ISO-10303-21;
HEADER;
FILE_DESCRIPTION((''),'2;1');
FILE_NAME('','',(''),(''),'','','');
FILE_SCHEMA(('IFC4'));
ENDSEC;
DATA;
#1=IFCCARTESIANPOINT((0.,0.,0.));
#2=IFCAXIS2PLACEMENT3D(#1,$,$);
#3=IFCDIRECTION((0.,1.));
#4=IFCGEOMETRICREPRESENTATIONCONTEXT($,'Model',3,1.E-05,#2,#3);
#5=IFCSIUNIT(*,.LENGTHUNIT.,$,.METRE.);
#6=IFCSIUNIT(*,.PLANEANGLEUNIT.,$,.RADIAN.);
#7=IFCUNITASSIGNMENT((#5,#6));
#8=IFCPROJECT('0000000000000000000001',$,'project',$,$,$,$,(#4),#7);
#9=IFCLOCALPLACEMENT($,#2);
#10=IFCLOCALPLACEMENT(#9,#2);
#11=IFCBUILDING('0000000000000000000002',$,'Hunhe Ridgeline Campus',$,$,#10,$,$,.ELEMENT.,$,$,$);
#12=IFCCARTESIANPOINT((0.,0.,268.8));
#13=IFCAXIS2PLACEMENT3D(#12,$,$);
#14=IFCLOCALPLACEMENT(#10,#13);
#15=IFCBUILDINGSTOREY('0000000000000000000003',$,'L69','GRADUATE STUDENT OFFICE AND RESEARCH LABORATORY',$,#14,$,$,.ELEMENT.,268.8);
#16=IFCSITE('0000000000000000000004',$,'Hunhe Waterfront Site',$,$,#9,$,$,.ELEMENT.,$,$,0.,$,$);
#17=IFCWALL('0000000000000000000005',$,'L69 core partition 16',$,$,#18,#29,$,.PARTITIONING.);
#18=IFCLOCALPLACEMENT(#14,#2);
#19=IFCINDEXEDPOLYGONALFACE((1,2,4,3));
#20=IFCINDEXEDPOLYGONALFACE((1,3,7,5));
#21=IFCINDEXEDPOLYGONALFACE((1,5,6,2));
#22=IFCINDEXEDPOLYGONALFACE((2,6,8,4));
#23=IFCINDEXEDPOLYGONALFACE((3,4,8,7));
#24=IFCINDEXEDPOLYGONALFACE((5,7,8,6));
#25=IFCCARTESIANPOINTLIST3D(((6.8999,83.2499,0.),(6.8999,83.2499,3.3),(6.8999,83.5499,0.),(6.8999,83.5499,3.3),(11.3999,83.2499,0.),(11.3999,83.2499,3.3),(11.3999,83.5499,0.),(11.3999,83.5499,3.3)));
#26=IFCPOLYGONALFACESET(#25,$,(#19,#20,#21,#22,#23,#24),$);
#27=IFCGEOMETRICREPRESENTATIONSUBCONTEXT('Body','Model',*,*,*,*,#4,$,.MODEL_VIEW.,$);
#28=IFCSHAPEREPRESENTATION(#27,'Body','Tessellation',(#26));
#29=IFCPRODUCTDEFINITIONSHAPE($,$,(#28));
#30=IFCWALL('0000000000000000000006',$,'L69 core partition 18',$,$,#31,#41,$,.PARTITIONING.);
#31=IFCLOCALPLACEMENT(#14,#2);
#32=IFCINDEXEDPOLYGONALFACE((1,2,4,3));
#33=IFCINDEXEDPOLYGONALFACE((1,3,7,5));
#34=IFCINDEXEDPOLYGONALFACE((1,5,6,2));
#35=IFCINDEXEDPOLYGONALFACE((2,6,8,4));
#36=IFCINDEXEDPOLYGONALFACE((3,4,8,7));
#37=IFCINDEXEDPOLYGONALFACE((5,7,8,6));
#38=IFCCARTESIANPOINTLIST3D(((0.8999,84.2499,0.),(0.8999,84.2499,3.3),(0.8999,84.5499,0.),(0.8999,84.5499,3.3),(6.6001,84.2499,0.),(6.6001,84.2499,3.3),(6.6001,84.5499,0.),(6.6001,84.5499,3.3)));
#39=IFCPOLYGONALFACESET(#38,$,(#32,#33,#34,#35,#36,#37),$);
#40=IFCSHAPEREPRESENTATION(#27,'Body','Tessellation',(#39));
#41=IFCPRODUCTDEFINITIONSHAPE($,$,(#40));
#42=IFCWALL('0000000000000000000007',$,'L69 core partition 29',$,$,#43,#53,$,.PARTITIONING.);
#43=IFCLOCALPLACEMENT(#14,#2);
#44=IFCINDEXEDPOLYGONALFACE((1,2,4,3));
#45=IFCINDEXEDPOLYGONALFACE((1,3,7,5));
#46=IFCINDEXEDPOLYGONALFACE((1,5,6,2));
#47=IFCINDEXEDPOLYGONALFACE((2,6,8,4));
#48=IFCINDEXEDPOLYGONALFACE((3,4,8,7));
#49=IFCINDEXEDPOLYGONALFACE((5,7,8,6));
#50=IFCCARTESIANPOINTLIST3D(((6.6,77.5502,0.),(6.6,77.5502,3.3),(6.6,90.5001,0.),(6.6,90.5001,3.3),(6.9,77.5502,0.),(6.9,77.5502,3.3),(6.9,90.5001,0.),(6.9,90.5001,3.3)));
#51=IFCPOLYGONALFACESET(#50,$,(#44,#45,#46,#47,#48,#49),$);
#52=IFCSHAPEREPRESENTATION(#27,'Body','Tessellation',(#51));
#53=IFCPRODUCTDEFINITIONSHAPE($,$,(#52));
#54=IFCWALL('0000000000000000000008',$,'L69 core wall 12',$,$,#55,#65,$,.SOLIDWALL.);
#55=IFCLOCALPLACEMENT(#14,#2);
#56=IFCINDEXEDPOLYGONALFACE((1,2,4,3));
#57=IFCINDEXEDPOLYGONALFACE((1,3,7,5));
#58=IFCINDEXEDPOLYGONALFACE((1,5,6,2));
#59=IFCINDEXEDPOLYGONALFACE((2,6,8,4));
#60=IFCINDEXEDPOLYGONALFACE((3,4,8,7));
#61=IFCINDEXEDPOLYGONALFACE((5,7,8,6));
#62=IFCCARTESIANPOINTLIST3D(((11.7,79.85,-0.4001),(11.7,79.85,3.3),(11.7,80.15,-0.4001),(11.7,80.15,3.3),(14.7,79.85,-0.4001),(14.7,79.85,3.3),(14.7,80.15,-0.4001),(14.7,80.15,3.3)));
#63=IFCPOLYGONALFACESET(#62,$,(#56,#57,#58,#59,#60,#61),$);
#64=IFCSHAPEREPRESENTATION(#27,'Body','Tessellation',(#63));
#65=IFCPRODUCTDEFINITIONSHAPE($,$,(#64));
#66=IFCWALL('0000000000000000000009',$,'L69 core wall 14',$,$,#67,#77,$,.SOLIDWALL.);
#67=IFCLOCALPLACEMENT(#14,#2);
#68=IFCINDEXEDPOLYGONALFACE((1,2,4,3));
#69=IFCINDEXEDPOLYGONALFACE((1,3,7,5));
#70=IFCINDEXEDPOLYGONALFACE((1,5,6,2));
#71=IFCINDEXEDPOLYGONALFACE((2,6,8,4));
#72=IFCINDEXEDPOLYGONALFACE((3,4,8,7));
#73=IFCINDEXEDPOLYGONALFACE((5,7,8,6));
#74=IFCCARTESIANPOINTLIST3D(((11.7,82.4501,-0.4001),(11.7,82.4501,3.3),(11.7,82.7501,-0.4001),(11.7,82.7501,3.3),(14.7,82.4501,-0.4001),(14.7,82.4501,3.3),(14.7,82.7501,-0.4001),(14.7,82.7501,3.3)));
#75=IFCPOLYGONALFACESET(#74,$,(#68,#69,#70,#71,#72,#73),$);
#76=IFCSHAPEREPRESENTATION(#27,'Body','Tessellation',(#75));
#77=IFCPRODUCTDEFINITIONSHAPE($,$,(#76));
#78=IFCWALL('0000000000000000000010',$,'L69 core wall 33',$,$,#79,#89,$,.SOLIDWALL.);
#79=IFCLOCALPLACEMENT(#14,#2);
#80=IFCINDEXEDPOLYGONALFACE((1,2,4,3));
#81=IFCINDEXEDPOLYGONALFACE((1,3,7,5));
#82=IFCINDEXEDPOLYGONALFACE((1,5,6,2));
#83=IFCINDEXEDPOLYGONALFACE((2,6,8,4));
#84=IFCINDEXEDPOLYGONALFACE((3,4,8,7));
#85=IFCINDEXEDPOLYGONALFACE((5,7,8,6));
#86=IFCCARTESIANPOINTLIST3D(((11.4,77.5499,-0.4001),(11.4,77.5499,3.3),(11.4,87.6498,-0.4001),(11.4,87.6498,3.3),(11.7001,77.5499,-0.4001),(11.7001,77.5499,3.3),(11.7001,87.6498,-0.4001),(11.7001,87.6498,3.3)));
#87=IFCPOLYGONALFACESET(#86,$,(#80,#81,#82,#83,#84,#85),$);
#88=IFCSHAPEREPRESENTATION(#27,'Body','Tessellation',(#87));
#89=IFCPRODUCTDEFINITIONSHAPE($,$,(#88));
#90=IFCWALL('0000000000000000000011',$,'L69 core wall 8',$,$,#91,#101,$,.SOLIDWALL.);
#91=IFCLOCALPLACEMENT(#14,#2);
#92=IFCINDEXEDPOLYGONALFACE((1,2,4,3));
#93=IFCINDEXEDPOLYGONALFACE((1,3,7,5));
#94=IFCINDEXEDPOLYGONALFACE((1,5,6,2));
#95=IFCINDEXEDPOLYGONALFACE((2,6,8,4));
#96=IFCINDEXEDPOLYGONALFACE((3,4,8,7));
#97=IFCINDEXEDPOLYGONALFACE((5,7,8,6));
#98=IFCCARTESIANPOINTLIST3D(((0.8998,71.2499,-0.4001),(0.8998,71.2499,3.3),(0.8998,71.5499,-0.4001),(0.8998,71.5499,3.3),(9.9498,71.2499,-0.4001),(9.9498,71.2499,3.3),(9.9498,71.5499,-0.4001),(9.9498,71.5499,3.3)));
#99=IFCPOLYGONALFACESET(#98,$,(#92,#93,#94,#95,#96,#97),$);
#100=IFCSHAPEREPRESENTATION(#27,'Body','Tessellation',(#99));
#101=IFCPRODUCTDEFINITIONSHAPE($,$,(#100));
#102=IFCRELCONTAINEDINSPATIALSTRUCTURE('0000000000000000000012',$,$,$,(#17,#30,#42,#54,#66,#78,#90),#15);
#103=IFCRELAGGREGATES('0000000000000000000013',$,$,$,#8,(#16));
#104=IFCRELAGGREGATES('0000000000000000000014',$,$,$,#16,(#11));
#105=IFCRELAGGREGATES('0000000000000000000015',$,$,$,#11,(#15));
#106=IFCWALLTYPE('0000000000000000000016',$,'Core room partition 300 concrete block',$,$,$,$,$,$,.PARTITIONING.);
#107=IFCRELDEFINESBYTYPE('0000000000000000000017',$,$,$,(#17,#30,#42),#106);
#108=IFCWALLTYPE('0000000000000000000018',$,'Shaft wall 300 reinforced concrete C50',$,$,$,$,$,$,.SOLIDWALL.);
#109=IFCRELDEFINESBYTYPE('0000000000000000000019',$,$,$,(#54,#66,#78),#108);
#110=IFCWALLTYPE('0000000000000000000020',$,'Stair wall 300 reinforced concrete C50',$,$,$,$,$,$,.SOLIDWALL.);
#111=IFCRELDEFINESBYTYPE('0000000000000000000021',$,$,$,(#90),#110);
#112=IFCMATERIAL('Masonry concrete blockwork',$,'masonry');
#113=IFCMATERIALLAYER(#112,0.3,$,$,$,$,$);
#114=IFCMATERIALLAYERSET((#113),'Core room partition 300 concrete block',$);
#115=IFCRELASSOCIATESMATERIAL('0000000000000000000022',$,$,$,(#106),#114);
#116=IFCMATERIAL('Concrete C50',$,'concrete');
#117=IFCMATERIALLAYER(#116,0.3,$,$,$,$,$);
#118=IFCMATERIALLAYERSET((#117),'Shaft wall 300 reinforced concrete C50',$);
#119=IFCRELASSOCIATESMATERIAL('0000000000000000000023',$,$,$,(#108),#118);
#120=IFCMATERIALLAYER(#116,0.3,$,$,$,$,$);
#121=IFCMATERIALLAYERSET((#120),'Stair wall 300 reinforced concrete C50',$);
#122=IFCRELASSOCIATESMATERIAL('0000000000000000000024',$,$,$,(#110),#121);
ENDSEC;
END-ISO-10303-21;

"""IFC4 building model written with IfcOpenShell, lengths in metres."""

from ifc_helpers import new_model, si_unit, direction, frame, frame_2d, origin, place, context, subcontext, project, spatial, rectangle, extrude, material, layer, layer_set, type_object, element, save


model = new_model("IFC4")

# Units and contexts
model_context = context("Model", 3, precision=1e-05, world=origin(), true_north=direction((0.0, 1.0)))
body_context = subcontext(model_context, "Body", "Model", "MODEL_VIEW")
ifc_project = project(units=[si_unit("LENGTHUNIT", "METRE"), si_unit("PLANEANGLEUNIT", "RADIAN")], contexts=[model_context])

# Site, building, storey
site_placement = place(None, origin())
site = spatial("IfcSite", under=ifc_project, at=site_placement, Name="Hunhe Waterfront Site", CompositionType="ELEMENT", RefElevation=0.0)
building_placement = place(site_placement, origin())
building = spatial("IfcBuilding", under=site, at=building_placement, Name="Hunhe Ridgeline Campus", CompositionType="ELEMENT")
storey_placement = place(building_placement, frame((0.0, 0.0, 268.8)))
storey = spatial("IfcBuildingStorey", under=building, at=storey_placement, Name="L69", Description="GRADUATE STUDENT OFFICE AND RESEARCH LABORATORY", CompositionType="ELEMENT", Elevation=268.8)

# Shared definitions
ifc_material_1 = material(Name="Masonry concrete blockwork", Category="masonry")
ifc_layer_1 = layer(ifc_material_1, 0.3)
ifc_layer_set_1 = layer_set([ifc_layer_1], Name="Core room partition 300 concrete block")
wall_type_1 = type_object("IfcWallType", Name="Core room partition 300 concrete block", PredefinedType="PARTITIONING", material=ifc_layer_set_1)

# Walls
wall_1_placement = place(storey_placement, frame((6.8999, 83.3999, 0.0), z_axis=(0.0, 0.0, 1.0), x_axis=(1.0, 0.0, 0.0)))
element("IfcWall", 1, at=wall_1_placement, inside=storey, type_object=wall_type_1, Name="L69 core partition 16", PredefinedType="PARTITIONING", context=body_context, shape_type="SweptSolid", body=[
    extrude(rectangle(XDim=4.5, YDim=0.3, at=frame_2d((2.25, 0.0))), origin(), (0.0, 0.0, 1.0), 3.3),
])
wall_2_placement = place(storey_placement, frame((0.8999, 84.3999, 0.0), z_axis=(0.0, 0.0, 1.0), x_axis=(1.0, 0.0, 0.0)))
element("IfcWall", 2, at=wall_2_placement, inside=storey, type_object=wall_type_1, Name="L69 core partition 18", PredefinedType="PARTITIONING", context=body_context, shape_type="SweptSolid", body=[
    extrude(rectangle(XDim=5.7002, YDim=0.3, at=frame_2d((2.8501, 0.0))), origin(), (0.0, 0.0, 1.0), 3.3),
])
wall_3_placement = place(storey_placement, frame((6.75, 77.55, 0.0), z_axis=(0.0, 0.0, 1.0), x_axis=(0.0, 1.0, 0.0)))
element("IfcWall", 3, at=wall_3_placement, inside=storey, type_object=wall_type_1, Name="L69 core partition 29", PredefinedType="PARTITIONING", context=body_context, shape_type="SweptSolid", body=[
    extrude(rectangle(XDim=12.95, YDim=0.3, at=frame_2d((6.4751, 0.0))), origin(), (0.0, 0.0, 1.0), 3.3),
])

# Shared definitions
ifc_material_2 = material(Name="Concrete C50", Category="concrete")
ifc_layer_2 = layer(ifc_material_2, 0.3)
ifc_layer_set_2 = layer_set([ifc_layer_2], Name="Shaft wall 300 reinforced concrete C50")
wall_type_2 = type_object("IfcWallType", Name="Shaft wall 300 reinforced concrete C50", PredefinedType="SOLIDWALL", material=ifc_layer_set_2)

# Walls
for number, where, z_axis, x_axis, name in (
    (4, (11.7, 80.0, -0.4001), (0.0, 0.0, 1.0), (1.0, 0.0, 0.0), "L69 core wall 12"),
    (5, (11.7, 82.6001, -0.4001), (0.0, 0.0, 1.0), (1.0, 0.0, 0.0), "L69 core wall 14"),
):
    element("IfcWall", number, at=place(storey_placement, frame(where, z_axis=z_axis, x_axis=x_axis)), inside=storey, type_object=wall_type_2, Name=name, PredefinedType="SOLIDWALL", context=body_context, shape_type="SweptSolid", body=[
        extrude(rectangle(XDim=3.0, YDim=0.3, at=frame_2d((1.5, 0.0))), origin(), (0.0, 0.0, 1.0), 3.7002),
    ])
wall_4_placement = place(storey_placement, frame((11.55, 77.55, -0.4001), z_axis=(0.0, 0.0, 1.0), x_axis=(0.0, 1.0, 0.0)))
element("IfcWall", 6, at=wall_4_placement, inside=storey, type_object=wall_type_2, Name="L69 core wall 33", PredefinedType="SOLIDWALL", context=body_context, shape_type="SweptSolid", body=[
    extrude(rectangle(XDim=10.0999, YDim=0.3, at=frame_2d((5.0498, 0.0))), origin(), (0.0, 0.0, 1.0), 3.7002),
])
ifc_layer_3 = layer(ifc_material_2, 0.3)
ifc_layer_set_3 = layer_set([ifc_layer_3], Name="Stair wall 300 reinforced concrete C50")
wall_type_3 = type_object("IfcWallType", Name="Stair wall 300 reinforced concrete C50", PredefinedType="SOLIDWALL", material=ifc_layer_set_3)
wall_5_placement = place(storey_placement, frame((0.8999, 71.3999, -0.4001), z_axis=(0.0, 0.0, 1.0), x_axis=(1.0, 0.0, 0.0)))
element("IfcWall", 7, at=wall_5_placement, inside=storey, type_object=wall_type_3, Name="L69 core wall 8", PredefinedType="SOLIDWALL", context=body_context, shape_type="SweptSolid", body=[
    extrude(rectangle(XDim=9.05, YDim=0.3, at=frame_2d((4.5249, 0.0))), origin(), (0.0, 0.0, 1.0), 3.7002),
])

save(model, "model.ifc")
